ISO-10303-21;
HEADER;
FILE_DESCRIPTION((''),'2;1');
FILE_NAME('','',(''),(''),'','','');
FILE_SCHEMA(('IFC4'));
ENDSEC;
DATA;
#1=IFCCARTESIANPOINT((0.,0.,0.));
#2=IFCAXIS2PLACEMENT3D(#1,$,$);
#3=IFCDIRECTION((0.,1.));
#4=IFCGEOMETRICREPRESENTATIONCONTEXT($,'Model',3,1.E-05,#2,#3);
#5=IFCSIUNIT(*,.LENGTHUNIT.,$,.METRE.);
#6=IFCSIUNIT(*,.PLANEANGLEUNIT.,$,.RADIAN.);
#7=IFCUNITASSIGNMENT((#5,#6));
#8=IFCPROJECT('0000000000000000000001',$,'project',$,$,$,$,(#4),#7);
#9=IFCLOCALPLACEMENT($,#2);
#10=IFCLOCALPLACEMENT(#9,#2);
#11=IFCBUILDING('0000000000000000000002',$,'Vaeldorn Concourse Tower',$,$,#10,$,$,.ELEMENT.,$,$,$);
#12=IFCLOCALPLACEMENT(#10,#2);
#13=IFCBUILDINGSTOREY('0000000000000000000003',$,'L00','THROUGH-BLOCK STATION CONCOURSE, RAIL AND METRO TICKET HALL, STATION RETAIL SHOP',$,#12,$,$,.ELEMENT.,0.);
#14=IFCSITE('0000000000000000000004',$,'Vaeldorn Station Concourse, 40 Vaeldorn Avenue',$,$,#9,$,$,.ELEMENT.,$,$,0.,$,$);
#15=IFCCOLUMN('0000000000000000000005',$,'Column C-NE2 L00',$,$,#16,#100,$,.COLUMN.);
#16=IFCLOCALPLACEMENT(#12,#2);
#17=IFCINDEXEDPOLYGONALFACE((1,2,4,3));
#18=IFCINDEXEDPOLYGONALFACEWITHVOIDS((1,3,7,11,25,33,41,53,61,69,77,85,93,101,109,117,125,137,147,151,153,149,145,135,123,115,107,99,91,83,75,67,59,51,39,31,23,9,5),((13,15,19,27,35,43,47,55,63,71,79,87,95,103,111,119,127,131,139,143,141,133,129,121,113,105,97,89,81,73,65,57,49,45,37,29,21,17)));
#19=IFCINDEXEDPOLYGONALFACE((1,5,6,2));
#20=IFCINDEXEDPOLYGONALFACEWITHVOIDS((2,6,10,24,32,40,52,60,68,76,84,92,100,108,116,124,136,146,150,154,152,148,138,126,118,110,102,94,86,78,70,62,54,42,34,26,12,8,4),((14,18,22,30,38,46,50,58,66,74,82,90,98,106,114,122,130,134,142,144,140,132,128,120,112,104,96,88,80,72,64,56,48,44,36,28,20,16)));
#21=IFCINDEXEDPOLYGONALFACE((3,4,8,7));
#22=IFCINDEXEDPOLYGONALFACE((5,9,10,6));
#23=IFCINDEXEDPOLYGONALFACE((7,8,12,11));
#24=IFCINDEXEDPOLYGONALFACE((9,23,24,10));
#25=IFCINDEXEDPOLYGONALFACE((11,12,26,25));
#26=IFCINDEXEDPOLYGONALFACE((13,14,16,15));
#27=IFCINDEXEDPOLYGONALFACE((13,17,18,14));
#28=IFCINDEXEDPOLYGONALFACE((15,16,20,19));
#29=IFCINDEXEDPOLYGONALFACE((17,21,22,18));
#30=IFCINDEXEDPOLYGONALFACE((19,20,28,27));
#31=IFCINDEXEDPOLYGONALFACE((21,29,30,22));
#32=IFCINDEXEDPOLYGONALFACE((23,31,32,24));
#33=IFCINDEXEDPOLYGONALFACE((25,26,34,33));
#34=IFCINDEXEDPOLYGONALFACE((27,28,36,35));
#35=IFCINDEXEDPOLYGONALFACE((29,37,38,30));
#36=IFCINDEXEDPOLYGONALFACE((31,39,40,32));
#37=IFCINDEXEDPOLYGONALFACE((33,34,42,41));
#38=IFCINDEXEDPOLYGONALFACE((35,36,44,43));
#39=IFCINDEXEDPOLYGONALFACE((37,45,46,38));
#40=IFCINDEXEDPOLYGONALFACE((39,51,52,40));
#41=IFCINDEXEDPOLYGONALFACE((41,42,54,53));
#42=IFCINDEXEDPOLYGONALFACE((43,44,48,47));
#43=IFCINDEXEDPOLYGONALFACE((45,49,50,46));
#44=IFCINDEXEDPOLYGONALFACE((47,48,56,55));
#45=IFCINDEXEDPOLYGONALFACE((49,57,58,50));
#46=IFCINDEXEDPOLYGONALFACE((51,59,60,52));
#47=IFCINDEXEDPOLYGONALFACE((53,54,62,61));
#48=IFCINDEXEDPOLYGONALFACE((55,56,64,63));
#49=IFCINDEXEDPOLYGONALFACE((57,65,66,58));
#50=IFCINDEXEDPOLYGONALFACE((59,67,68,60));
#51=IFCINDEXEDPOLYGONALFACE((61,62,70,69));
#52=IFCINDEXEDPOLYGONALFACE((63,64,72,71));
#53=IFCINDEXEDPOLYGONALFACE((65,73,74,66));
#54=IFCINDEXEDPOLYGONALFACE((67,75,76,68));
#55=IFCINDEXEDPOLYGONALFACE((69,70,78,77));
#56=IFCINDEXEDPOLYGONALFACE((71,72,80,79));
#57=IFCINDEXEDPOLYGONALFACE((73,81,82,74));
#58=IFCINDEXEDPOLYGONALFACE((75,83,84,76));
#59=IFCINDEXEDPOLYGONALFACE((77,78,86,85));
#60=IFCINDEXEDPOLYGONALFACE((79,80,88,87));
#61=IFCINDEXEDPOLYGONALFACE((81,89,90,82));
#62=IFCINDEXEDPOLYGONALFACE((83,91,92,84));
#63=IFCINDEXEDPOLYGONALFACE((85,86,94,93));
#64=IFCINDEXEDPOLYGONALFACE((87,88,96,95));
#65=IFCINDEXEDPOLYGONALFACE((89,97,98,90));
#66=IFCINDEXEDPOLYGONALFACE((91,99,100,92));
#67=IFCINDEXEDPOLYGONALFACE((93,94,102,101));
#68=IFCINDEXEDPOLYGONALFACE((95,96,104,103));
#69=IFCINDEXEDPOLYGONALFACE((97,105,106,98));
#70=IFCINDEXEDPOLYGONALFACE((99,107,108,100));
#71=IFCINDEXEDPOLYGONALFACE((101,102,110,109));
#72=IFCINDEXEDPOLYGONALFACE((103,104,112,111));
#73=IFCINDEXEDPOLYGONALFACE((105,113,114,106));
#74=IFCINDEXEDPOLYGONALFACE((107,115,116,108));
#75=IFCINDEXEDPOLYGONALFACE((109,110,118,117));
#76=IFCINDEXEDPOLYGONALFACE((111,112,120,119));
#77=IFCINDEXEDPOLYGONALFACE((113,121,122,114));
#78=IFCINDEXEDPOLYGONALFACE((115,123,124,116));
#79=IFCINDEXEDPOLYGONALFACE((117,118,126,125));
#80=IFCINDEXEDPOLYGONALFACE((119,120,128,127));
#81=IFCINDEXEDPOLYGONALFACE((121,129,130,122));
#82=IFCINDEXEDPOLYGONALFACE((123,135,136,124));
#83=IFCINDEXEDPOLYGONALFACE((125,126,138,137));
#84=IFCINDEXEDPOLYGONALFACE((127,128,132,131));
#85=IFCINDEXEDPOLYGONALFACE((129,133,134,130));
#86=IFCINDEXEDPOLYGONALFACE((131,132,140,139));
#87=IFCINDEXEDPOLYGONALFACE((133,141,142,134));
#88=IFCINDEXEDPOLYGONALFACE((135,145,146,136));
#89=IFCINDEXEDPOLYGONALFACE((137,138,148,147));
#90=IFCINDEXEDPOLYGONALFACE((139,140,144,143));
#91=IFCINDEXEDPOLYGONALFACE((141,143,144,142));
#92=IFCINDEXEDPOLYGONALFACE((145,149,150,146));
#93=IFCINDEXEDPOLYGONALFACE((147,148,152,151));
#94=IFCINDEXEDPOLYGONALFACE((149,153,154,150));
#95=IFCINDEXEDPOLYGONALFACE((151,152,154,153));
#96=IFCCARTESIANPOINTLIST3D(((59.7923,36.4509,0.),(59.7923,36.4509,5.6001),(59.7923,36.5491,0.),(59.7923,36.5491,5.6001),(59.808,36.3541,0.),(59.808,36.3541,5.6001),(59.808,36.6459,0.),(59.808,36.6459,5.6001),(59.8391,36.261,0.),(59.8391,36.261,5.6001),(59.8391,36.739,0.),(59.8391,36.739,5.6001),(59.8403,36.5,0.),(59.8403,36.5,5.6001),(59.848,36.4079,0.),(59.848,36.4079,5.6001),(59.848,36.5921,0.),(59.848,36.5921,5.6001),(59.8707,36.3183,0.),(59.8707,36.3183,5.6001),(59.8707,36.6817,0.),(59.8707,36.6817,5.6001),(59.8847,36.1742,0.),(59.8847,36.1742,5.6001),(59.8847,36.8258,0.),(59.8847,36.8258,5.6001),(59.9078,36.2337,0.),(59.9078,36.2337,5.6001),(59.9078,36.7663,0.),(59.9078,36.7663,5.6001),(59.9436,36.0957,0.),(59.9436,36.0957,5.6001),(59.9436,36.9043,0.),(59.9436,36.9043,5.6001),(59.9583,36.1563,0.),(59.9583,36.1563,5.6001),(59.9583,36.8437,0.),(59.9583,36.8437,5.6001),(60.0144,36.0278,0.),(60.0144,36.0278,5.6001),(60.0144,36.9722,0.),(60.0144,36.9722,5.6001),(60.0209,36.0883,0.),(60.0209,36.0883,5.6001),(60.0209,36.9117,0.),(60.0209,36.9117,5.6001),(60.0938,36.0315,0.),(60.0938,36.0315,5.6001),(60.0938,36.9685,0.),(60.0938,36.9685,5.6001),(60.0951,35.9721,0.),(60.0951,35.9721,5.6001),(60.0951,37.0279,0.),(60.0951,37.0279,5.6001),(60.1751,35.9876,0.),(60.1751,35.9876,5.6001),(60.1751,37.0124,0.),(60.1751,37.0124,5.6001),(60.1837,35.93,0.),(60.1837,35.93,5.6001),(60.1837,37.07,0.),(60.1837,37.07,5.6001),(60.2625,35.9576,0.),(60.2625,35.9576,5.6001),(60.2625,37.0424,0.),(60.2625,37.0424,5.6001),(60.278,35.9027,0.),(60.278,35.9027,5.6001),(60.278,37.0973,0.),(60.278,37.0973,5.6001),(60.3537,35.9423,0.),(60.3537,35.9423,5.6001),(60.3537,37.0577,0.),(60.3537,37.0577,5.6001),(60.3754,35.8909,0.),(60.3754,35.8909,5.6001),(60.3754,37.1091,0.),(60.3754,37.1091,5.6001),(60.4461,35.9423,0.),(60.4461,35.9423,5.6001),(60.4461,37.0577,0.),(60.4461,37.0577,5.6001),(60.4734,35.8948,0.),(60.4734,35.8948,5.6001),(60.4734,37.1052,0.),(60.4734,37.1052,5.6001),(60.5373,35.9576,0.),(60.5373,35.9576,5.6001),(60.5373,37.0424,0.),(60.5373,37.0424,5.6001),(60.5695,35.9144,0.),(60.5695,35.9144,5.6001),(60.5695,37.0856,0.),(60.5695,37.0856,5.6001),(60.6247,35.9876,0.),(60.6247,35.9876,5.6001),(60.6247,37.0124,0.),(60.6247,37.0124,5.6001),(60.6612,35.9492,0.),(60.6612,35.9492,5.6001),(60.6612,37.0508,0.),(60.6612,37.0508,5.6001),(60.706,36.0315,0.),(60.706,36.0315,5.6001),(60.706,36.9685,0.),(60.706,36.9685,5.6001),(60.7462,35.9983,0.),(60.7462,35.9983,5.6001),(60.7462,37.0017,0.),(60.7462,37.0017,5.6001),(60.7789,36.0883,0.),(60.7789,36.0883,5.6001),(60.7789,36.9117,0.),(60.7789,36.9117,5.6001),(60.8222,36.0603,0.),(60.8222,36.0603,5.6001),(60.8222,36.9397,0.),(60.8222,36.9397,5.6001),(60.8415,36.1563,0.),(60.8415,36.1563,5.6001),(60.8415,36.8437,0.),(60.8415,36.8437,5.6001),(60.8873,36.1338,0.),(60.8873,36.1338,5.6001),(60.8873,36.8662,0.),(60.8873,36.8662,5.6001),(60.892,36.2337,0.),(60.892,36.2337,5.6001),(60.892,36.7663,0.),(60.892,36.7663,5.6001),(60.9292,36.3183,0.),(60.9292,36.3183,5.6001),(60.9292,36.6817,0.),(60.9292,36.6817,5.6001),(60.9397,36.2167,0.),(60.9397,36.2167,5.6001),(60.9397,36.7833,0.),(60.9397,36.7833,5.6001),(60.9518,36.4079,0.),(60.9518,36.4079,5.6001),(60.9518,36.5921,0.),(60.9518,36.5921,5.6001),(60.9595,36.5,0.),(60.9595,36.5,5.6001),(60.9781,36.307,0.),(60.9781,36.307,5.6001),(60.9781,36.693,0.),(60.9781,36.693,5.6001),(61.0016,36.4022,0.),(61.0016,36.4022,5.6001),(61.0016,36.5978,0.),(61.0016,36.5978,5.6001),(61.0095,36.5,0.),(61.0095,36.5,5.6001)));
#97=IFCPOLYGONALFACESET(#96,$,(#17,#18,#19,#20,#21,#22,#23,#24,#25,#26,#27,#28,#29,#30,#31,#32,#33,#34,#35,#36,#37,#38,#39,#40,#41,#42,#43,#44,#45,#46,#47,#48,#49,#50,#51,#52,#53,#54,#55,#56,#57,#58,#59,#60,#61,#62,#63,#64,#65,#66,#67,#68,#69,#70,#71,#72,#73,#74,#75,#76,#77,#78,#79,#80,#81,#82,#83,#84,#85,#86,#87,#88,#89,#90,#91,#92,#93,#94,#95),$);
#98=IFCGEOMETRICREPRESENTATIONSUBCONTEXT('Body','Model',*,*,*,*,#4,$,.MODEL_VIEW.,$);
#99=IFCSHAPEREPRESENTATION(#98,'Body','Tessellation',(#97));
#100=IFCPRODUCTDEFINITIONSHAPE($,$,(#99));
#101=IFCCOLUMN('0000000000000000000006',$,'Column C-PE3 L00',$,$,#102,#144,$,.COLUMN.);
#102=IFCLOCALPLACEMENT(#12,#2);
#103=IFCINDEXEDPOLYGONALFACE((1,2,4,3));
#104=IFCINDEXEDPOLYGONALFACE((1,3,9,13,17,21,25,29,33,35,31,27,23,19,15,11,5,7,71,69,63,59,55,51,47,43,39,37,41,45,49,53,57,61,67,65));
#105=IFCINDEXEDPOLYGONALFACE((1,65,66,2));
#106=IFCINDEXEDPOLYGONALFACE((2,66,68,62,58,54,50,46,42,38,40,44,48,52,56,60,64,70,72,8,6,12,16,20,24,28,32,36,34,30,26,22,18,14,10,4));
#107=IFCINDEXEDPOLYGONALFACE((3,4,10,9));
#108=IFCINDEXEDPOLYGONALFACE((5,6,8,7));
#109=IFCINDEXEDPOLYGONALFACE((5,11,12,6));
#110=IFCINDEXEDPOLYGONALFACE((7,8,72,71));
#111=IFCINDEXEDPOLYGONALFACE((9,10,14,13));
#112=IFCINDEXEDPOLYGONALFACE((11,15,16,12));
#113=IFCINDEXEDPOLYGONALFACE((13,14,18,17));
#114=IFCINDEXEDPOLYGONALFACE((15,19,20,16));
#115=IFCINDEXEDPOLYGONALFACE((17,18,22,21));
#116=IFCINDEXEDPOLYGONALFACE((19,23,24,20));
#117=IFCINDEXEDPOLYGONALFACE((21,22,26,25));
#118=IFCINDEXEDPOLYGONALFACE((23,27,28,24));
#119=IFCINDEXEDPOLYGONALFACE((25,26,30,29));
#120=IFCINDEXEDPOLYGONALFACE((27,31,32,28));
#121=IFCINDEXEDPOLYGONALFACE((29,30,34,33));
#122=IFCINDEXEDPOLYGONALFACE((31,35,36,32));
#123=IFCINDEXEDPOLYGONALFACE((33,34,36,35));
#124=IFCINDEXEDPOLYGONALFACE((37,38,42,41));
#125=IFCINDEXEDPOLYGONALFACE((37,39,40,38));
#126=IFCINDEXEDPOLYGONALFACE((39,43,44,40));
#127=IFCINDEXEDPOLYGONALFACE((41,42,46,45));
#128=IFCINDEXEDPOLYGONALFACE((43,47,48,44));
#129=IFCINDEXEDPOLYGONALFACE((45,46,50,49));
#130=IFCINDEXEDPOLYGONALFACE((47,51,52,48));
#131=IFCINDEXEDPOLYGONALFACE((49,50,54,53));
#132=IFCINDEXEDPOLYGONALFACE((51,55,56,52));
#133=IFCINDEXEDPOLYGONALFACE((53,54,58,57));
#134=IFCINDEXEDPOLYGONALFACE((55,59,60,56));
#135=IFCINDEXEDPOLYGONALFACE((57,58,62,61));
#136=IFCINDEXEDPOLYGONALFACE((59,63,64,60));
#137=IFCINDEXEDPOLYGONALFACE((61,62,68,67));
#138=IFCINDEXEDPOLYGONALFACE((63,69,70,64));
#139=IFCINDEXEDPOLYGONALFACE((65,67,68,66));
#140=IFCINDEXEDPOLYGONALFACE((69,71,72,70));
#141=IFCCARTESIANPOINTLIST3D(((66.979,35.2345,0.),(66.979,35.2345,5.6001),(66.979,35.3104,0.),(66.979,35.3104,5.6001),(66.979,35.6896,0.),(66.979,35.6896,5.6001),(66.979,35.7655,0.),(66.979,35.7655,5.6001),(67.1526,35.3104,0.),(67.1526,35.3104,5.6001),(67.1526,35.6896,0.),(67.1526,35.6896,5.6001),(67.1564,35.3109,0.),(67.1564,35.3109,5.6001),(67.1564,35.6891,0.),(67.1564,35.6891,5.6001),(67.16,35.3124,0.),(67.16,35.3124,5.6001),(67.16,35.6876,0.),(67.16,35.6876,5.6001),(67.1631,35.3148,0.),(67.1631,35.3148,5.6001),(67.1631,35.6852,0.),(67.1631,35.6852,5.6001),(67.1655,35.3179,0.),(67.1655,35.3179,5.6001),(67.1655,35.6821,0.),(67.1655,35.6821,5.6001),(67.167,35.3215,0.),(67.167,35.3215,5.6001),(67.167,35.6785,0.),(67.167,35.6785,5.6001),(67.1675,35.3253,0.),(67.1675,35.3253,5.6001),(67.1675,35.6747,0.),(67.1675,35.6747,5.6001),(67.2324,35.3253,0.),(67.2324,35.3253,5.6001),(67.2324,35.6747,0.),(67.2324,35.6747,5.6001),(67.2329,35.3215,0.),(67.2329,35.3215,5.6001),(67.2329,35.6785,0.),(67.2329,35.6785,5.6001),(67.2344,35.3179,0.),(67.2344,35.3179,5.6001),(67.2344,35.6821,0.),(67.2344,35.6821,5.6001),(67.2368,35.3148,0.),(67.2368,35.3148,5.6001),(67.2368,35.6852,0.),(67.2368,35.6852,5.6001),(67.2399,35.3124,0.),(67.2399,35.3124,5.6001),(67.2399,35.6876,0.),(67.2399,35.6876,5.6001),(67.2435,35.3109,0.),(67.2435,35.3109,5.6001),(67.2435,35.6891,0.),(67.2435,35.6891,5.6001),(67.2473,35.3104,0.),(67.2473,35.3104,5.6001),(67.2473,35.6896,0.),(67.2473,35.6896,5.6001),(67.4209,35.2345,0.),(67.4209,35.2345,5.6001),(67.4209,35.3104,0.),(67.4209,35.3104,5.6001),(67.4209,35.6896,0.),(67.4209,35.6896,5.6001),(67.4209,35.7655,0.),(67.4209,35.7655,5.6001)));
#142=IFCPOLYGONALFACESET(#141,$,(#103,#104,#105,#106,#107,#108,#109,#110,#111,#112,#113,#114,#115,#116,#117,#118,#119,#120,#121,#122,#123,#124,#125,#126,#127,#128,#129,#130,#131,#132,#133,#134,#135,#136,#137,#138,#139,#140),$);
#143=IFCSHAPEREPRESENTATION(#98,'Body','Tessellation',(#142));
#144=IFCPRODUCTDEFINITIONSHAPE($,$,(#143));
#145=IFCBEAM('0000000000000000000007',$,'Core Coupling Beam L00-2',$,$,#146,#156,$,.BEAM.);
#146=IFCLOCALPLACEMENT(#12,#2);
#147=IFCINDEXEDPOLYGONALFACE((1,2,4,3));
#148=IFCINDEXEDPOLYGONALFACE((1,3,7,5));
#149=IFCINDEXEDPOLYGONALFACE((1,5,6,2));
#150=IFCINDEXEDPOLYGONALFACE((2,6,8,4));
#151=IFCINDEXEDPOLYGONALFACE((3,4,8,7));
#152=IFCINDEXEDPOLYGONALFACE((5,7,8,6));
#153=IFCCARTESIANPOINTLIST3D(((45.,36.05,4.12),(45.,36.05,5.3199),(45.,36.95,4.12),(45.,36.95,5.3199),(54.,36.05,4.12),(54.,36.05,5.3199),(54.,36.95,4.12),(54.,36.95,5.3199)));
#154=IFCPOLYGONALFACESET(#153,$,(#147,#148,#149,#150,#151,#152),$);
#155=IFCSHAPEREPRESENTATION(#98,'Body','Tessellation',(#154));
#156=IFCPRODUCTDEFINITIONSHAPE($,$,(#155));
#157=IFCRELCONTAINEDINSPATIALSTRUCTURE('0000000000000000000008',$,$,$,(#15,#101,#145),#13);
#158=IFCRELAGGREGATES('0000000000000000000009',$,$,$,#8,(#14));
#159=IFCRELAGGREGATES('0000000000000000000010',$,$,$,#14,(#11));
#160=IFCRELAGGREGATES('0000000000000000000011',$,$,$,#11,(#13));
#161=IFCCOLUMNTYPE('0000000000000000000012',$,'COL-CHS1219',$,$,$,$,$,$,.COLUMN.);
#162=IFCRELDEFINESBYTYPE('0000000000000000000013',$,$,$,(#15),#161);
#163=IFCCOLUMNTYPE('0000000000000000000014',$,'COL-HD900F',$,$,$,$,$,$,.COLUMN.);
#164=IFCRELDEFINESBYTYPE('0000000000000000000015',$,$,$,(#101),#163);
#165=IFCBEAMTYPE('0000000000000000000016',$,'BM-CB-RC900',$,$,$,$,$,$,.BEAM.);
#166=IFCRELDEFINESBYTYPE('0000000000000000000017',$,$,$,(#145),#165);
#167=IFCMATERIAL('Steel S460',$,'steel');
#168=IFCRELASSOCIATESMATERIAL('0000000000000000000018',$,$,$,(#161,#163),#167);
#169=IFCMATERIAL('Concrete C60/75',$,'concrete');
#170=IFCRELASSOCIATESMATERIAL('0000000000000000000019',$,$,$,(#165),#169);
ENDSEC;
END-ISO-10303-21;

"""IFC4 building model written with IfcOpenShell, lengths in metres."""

from ifc_helpers import new_model, si_unit, direction, frame, origin, origin_2d, place, context, subcontext, project, spatial, rectangle, hollow_circle, i_section, extrude, source, transform, mapped, material, material_profile, profile_set, type_object, element, save


model = new_model("IFC4")

# Units and contexts
model_context = context("Model", 3, precision=1e-05, world=origin(), true_north=direction((0.0, 1.0)))
body_context = subcontext(model_context, "Body", "Model", "MODEL_VIEW")
ifc_project = project(units=[si_unit("LENGTHUNIT", "METRE"), si_unit("PLANEANGLEUNIT", "RADIAN")], contexts=[model_context])

# Site, building, storey
site_placement = place(None, origin())
site = spatial("IfcSite", under=ifc_project, at=site_placement, Name="Vaeldorn Station Concourse, 40 Vaeldorn Avenue", CompositionType="ELEMENT", RefElevation=0.0)
building_placement = place(site_placement, origin())
building = spatial("IfcBuilding", under=site, at=building_placement, Name="Vaeldorn Concourse Tower", CompositionType="ELEMENT")
storey_placement = place(building_placement, origin())
storey = spatial("IfcBuildingStorey", under=building, at=storey_placement, Name="L00", Description="THROUGH-BLOCK STATION CONCOURSE, RAIL AND METRO TICKET HALL, STATION RETAIL SHOP", CompositionType="ELEMENT", Elevation=0.0)

# Columns
ifc_material_1 = material(Name="Concrete C60/75", Category="concrete")
ifc_material_2 = material(Name="Steel S460", Category="steel")
ifc_material_profile_1 = material_profile(ifc_material_2, hollow_circle(Radius=0.6096, WallThickness=0.05, at=origin_2d()), Name="CHS 1219x50")
ifc_profile_set_1 = profile_set([ifc_material_profile_1], Name="Steel S460")
column_type_1 = type_object("IfcColumnType", Name="COL-CHS1219", PredefinedType="COLUMN", material=ifc_profile_set_1)
shared_shape_1 = source(origin(), body_context, "Body", "SweptSolid", [
    extrude(hollow_circle(Radius=0.6096, WallThickness=0.05, at=origin_2d()), origin(), (0.0, 0.0, 1.0), 5.6001),
])
column_1_placement = place(storey_placement, frame((60.3999, 36.5, 0.0), z_axis=(0.0, 0.0, 1.0), x_axis=(1.0, 0.0, 0.0)))
element("IfcColumn", 1, at=column_1_placement, inside=storey, type_object=column_type_1, Name="Column C-NE2 L00", PredefinedType="COLUMN", context=body_context, shape_type="MappedRepresentation", body=[
    mapped(shared_shape_1, transform((0.0, 0.0, 0.0), scale=1.0)),
])
ifc_material_profile_2 = material_profile(ifc_material_2, i_section(OverallWidth=0.4419, OverallDepth=0.531, WebThickness=0.0649, FlangeThickness=0.0759, FilletRadius=0.0149, at=origin_2d()), Name="HD 400x900")
ifc_profile_set_2 = profile_set([ifc_material_profile_2], Name="Steel S460")
column_type_2 = type_object("IfcColumnType", Name="COL-HD900F", PredefinedType="COLUMN", material=ifc_profile_set_2)
shared_shape_2 = source(origin(), body_context, "Body", "SweptSolid", [
    extrude(i_section(OverallWidth=0.4419, OverallDepth=0.531, WebThickness=0.0649, FlangeThickness=0.0759, FilletRadius=0.0149, at=origin_2d()), origin(), (0.0, 0.0, 1.0), 5.6001),
])
column_2_placement = place(storey_placement, frame((67.2, 35.5, 0.0), z_axis=(0.0, 0.0, 1.0), x_axis=(1.0, 0.0, 0.0)))
element("IfcColumn", 2, at=column_2_placement, inside=storey, type_object=column_type_2, Name="Column C-PE3 L00", PredefinedType="COLUMN", context=body_context, shape_type="MappedRepresentation", body=[
    mapped(shared_shape_2, transform((0.0, 0.0, 0.0), scale=1.0)),
])

# Beam
ifc_material_profile_3 = material_profile(ifc_material_1, rectangle(XDim=0.8999, YDim=1.2, at=origin_2d()), Name="RC 900x1200")
ifc_profile_set_3 = profile_set([ifc_material_profile_3], Name="Concrete C60/75")
beam_type_1 = type_object("IfcBeamType", Name="BM-CB-RC900", PredefinedType="BEAM", material=ifc_profile_set_3)
shared_shape_3 = source(origin(), body_context, "Body", "SweptSolid", [
    extrude(rectangle(XDim=0.8999, YDim=1.2, at=origin_2d()), origin(), (0.0, 0.0, 1.0), 9.0),
])
beam_1_placement = place(storey_placement, frame((45.0, 36.5, 4.72), z_axis=(1.0, 0.0, 0.0), x_axis=(0.0, 1.0, 0.0)))
element("IfcBeam", 3, at=beam_1_placement, inside=storey, type_object=beam_type_1, Name="Core Coupling Beam L00-2", PredefinedType="BEAM", context=body_context, shape_type="MappedRepresentation", body=[
    mapped(shared_shape_3, transform((0.0, 0.0, 0.0), scale=1.0)),
])

save(model, "model.ifc")
